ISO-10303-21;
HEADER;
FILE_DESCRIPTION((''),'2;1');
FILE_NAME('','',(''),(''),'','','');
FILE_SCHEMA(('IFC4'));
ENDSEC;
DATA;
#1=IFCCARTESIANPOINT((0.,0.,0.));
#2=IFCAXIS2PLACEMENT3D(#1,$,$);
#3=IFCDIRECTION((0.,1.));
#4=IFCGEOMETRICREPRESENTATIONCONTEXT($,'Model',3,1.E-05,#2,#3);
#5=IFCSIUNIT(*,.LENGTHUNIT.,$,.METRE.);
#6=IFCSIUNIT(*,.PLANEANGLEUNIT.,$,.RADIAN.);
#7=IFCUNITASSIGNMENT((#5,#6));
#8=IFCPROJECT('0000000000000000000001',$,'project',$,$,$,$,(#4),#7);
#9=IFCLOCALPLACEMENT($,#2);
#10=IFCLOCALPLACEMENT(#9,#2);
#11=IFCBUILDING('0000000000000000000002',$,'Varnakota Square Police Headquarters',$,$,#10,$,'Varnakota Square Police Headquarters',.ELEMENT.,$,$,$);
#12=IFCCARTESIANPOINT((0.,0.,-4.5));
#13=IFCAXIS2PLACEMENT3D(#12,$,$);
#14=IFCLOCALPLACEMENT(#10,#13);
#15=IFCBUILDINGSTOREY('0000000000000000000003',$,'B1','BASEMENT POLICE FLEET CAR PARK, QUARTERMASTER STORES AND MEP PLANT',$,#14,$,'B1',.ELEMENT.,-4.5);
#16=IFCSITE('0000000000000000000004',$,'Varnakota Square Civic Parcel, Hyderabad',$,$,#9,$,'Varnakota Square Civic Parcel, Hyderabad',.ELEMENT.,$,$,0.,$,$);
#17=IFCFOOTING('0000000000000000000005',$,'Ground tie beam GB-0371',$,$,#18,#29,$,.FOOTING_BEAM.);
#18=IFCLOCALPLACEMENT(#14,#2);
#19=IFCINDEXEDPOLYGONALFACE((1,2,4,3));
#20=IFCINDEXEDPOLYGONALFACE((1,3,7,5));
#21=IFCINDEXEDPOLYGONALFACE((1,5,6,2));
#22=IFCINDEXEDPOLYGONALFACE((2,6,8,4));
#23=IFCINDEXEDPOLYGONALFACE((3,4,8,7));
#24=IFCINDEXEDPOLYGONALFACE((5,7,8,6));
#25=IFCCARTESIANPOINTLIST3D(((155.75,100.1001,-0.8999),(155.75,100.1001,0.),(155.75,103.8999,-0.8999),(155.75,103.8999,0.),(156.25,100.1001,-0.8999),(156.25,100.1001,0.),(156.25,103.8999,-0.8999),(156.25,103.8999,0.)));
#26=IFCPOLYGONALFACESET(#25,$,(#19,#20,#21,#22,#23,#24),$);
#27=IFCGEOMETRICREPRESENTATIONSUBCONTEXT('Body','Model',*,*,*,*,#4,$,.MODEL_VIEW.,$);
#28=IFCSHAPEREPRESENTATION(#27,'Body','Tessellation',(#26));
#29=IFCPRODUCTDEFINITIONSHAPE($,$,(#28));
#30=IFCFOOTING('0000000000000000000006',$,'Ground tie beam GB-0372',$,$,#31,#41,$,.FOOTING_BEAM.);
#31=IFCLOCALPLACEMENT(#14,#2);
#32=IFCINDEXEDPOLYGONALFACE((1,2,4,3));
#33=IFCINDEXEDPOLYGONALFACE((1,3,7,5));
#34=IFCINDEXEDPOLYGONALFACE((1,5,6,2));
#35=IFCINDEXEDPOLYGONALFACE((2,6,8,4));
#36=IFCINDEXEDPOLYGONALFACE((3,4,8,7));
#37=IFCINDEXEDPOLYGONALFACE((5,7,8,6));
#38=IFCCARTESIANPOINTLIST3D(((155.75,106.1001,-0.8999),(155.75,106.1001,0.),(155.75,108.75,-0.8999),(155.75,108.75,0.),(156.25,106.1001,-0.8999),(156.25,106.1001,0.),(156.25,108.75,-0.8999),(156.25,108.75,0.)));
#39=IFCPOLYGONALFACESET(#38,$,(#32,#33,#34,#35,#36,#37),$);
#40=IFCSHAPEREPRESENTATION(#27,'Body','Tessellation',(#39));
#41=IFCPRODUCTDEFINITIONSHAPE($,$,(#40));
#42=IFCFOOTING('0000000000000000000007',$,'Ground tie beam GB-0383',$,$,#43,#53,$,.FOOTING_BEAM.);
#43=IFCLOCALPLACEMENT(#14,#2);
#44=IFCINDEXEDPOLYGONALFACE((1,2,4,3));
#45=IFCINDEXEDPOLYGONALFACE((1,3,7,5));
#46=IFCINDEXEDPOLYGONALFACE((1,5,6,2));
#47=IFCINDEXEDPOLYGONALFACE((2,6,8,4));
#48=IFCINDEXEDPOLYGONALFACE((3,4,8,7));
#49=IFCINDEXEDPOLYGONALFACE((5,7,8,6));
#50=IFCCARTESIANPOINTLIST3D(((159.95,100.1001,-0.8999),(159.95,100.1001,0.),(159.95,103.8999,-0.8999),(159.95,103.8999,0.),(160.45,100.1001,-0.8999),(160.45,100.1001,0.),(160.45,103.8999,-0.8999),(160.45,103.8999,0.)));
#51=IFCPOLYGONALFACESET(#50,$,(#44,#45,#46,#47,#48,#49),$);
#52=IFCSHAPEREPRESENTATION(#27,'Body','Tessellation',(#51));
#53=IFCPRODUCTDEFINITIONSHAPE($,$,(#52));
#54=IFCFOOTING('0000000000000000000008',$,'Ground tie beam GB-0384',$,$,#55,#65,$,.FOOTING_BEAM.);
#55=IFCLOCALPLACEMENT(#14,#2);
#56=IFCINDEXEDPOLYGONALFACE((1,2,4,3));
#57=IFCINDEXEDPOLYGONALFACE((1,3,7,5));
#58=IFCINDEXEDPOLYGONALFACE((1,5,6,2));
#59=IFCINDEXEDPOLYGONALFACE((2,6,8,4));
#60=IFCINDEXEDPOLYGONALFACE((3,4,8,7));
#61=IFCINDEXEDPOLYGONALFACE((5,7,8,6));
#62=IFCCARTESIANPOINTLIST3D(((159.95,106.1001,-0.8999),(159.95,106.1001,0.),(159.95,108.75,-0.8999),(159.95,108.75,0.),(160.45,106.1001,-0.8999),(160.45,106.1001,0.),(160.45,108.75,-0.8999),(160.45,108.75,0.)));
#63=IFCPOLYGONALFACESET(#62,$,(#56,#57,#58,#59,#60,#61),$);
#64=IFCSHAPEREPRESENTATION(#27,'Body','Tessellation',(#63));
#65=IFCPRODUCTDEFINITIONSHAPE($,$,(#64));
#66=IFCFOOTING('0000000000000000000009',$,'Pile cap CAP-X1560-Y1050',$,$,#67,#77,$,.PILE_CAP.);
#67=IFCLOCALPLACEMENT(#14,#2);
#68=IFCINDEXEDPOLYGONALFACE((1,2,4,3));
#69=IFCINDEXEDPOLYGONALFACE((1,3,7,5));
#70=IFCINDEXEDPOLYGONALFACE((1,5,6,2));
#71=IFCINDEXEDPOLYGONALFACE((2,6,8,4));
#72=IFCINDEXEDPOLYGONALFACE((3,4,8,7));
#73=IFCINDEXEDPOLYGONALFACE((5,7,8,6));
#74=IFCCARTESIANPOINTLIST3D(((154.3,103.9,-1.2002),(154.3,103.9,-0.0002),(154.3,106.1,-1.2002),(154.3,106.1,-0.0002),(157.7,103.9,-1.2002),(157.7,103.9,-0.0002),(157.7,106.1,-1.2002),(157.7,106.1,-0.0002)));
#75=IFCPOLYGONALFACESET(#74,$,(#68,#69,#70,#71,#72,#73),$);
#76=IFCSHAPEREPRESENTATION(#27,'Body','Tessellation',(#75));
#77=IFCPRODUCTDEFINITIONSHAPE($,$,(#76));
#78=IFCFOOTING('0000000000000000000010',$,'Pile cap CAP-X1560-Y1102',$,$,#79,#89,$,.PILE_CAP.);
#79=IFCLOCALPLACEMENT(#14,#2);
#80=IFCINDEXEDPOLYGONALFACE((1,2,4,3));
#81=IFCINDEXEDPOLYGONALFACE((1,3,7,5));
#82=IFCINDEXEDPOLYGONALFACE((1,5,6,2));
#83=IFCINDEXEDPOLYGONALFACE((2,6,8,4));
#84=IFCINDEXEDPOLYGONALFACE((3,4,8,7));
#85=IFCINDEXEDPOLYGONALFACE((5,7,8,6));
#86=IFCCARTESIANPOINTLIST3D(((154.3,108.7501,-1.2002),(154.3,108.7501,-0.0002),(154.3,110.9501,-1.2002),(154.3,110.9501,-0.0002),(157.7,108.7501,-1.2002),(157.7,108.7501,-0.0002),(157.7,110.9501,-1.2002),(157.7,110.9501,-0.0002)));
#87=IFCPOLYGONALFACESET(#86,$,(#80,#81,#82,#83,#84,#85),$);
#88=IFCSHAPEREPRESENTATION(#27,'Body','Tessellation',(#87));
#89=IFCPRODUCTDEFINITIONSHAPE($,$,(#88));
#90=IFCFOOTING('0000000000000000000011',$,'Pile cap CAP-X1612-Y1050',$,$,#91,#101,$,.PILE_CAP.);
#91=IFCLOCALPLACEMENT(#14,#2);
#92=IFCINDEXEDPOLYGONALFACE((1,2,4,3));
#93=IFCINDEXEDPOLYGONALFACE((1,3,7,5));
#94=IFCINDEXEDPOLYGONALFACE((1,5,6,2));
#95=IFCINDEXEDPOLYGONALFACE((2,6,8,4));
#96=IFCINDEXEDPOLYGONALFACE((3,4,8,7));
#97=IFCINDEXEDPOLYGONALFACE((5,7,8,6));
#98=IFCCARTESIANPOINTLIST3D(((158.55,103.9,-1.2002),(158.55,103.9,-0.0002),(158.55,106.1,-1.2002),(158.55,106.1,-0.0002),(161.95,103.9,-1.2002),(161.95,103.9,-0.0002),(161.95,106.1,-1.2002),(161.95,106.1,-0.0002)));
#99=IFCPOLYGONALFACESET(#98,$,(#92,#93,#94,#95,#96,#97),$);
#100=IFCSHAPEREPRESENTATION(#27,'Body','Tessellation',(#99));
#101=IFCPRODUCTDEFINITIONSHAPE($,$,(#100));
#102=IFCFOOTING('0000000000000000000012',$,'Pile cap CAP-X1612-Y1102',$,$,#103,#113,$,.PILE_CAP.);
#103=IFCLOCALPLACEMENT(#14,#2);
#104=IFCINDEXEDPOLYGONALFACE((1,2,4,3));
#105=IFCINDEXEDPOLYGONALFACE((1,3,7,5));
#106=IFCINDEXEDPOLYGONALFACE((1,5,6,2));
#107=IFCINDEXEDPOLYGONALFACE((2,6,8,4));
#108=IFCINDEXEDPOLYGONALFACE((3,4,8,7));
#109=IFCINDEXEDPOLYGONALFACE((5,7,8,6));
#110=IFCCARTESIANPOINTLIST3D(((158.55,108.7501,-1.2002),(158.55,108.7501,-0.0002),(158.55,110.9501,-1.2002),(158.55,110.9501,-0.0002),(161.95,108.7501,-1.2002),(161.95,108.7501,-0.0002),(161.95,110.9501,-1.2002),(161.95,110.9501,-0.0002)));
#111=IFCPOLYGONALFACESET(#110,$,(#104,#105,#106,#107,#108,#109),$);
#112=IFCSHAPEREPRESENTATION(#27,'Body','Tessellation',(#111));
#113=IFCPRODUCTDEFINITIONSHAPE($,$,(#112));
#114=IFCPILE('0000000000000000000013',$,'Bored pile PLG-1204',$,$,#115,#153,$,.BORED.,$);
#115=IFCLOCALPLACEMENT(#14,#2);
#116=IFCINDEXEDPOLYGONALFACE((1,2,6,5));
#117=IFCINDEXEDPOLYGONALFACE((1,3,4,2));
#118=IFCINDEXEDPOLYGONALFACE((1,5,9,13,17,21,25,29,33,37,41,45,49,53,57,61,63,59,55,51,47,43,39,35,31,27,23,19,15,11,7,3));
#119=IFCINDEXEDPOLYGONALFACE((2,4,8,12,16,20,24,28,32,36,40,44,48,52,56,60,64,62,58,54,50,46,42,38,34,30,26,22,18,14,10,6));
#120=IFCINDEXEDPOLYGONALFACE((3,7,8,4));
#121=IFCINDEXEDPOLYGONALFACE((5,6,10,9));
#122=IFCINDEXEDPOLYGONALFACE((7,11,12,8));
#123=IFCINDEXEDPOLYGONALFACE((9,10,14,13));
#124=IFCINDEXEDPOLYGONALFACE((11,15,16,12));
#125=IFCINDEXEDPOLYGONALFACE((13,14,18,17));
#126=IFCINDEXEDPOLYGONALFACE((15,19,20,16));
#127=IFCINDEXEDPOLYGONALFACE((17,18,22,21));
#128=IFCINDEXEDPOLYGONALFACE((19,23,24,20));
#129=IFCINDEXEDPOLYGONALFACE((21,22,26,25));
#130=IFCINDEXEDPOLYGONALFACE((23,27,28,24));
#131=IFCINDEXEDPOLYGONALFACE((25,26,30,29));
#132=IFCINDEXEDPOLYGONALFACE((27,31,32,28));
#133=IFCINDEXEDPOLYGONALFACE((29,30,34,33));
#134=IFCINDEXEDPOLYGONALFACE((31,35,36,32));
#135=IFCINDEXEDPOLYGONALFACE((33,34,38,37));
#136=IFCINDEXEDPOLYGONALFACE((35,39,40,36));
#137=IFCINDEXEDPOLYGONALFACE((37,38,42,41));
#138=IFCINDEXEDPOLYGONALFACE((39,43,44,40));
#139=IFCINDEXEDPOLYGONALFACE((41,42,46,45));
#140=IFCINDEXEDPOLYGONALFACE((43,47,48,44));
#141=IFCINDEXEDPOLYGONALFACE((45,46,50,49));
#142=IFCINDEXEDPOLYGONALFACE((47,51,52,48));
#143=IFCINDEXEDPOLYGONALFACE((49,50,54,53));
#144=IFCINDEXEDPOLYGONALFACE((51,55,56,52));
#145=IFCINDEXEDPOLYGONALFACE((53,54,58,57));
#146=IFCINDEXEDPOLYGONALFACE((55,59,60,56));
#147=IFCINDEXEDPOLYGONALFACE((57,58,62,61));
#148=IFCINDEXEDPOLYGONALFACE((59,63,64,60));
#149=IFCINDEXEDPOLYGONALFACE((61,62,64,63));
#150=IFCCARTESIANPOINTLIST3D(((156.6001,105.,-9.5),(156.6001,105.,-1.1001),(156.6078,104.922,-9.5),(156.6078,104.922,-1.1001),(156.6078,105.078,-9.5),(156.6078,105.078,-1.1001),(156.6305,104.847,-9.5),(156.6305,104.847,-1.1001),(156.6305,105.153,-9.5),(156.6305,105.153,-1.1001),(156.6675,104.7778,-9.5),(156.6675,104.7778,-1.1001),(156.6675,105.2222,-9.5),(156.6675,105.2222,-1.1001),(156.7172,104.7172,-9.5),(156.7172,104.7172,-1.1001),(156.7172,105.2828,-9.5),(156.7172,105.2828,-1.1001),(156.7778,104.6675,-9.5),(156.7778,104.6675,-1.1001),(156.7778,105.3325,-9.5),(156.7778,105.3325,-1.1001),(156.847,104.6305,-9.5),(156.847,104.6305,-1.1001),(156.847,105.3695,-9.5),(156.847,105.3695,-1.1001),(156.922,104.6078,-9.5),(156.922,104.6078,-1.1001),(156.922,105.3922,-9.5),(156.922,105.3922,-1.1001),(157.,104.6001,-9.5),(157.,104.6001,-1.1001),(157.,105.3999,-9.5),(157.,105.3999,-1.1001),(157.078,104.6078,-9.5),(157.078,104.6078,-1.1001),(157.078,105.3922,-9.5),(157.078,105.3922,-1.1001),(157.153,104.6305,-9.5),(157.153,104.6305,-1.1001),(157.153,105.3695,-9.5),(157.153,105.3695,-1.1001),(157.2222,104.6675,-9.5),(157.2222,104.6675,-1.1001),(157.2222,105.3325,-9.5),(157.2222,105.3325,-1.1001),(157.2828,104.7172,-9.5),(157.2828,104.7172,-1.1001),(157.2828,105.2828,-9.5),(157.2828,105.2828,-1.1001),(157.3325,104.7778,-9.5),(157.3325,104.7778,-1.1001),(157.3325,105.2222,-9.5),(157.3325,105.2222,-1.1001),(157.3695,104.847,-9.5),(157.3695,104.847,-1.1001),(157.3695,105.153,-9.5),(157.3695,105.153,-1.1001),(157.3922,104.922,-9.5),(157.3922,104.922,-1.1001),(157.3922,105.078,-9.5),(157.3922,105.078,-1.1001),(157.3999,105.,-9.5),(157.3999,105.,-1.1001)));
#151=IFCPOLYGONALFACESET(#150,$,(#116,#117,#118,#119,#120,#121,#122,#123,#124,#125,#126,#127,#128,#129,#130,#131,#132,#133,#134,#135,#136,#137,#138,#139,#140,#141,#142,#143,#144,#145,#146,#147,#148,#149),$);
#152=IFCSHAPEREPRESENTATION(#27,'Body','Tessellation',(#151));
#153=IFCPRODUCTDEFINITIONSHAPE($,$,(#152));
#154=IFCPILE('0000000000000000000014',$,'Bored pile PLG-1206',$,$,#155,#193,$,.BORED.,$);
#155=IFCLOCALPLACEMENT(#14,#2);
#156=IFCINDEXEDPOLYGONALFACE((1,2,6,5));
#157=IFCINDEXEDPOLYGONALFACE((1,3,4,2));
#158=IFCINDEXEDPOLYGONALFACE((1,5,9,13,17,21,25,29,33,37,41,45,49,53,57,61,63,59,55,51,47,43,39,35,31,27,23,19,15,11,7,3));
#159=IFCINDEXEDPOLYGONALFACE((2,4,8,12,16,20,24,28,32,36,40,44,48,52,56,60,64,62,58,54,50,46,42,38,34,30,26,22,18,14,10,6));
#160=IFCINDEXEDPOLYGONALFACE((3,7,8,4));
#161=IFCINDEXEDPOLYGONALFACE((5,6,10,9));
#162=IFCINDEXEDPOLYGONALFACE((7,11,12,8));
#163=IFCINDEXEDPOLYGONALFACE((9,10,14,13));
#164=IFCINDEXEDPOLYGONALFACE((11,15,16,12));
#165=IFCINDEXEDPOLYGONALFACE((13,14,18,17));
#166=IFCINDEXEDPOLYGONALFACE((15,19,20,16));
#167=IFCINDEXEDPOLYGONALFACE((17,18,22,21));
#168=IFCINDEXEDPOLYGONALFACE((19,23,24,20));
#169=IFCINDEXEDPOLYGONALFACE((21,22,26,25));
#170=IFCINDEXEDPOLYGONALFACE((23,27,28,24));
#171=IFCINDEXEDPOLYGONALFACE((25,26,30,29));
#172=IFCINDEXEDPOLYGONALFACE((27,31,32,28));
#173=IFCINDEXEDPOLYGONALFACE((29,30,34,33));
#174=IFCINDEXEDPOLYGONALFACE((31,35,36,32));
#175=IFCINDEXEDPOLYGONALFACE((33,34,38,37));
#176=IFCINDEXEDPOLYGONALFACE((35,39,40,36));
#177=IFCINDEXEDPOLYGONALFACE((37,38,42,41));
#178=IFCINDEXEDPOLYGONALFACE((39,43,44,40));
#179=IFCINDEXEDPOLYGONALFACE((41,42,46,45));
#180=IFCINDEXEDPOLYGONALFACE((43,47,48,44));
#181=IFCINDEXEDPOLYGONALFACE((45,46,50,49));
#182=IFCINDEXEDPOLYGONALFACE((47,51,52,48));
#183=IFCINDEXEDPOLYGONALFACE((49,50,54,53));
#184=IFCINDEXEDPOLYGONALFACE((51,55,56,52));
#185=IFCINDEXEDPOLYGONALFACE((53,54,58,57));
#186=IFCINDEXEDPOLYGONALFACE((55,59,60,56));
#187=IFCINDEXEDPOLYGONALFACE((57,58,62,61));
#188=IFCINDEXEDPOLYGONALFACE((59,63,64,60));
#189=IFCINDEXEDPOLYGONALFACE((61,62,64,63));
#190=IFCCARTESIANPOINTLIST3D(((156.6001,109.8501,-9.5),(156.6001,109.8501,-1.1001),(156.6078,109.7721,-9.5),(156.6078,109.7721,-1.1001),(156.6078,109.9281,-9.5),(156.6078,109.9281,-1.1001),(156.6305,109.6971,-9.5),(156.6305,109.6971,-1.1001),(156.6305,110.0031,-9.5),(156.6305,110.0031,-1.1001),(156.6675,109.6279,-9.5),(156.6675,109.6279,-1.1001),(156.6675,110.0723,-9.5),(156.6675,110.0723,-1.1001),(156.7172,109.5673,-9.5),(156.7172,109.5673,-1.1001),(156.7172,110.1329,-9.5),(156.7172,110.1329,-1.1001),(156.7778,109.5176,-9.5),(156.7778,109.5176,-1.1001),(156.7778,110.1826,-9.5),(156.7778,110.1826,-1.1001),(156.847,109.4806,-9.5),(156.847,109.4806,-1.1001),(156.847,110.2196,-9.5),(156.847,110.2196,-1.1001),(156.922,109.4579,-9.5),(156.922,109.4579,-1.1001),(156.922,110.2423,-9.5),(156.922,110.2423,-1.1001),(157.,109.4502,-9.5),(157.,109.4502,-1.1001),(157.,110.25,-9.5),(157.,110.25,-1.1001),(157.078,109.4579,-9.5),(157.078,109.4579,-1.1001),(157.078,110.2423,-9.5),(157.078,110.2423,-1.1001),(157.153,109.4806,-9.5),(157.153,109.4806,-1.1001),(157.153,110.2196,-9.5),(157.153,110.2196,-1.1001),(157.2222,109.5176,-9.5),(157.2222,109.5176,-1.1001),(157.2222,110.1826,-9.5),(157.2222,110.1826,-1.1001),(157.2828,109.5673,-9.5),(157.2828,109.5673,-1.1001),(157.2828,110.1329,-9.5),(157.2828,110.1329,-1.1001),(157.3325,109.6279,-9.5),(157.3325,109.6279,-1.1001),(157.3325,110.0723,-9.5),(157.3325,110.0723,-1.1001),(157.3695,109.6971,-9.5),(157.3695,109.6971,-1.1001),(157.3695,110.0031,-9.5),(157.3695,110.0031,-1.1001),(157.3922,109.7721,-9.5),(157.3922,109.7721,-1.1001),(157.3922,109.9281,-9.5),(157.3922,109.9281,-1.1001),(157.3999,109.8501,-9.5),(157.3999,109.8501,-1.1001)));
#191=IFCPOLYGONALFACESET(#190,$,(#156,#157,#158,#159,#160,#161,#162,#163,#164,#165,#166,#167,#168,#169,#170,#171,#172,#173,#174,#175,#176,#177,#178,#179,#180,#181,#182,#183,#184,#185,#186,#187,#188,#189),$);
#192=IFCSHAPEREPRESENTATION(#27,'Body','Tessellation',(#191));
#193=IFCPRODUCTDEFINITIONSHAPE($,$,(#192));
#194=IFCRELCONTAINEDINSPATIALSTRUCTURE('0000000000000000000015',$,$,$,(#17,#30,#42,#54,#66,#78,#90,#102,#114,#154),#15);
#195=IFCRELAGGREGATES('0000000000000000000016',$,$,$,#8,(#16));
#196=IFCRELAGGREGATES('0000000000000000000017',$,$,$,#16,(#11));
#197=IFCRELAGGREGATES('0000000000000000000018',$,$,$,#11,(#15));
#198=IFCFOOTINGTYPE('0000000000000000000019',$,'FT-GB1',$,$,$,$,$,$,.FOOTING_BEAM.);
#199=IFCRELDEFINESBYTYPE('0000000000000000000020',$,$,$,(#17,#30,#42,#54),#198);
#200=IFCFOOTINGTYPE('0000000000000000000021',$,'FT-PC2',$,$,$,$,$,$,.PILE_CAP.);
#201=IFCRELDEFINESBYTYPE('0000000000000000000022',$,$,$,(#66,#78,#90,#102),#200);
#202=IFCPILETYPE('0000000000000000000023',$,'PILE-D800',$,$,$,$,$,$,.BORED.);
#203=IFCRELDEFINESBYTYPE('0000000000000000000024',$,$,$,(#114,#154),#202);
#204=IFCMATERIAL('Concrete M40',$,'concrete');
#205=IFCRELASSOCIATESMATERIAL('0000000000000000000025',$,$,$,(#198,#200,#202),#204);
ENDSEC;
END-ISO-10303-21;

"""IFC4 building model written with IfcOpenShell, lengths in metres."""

from ifc_helpers import new_model, si_unit, direction, frame, origin, origin_2d, place, context, subcontext, project, spatial, rectangle, circle, extrude, material, material_profile, profile_set, type_object, element, save


model = new_model("IFC4")

# Units and contexts
model_context = context("Model", 3, precision=1e-05, world=origin(), true_north=direction((0.0, 1.0)))
body_context = subcontext(model_context, "Body", "Model", "MODEL_VIEW")
ifc_project = project(units=[si_unit("LENGTHUNIT", "METRE"), si_unit("PLANEANGLEUNIT", "RADIAN")], contexts=[model_context])

# Site, building, storey
site_placement = place(None, origin())
site = spatial("IfcSite", under=ifc_project, at=site_placement, Name="Varnakota Square Civic Parcel, Hyderabad", LongName="Varnakota Square Civic Parcel, Hyderabad", CompositionType="ELEMENT", RefElevation=0.0)
building_placement = place(site_placement, origin())
building = spatial("IfcBuilding", under=site, at=building_placement, Name="Varnakota Square Police Headquarters", LongName="Varnakota Square Police Headquarters", CompositionType="ELEMENT")
storey_placement = place(building_placement, frame((0.0, 0.0, -4.5)))
storey = spatial("IfcBuildingStorey", under=building, at=storey_placement, Name="B1", Description="BASEMENT POLICE FLEET CAR PARK, QUARTERMASTER STORES AND MEP PLANT", LongName="B1", CompositionType="ELEMENT", Elevation=-4.5)

# Footings
ifc_material_1 = material(Name="Concrete M40", Category="concrete")
ifc_material_profile_1 = material_profile(ifc_material_1, rectangle(XDim=0.5, YDim=0.8999, at=origin_2d()), Name="GB 500x900")
ifc_profile_set_1 = profile_set([ifc_material_profile_1], Name="Concrete M40")
footing_type_1 = type_object("IfcFootingType", Name="FT-GB1", PredefinedType="FOOTING_BEAM", material=ifc_profile_set_1)
footing_1_placement = place(storey_placement, frame((156.0, 100.1001, -0.45), z_axis=(0.0, 1.0, 0.0), x_axis=(-1.0, 0.0, 0.0)))
element("IfcFooting", 1, at=footing_1_placement, inside=storey, type_object=footing_type_1, Name="Ground tie beam GB-0371", PredefinedType="FOOTING_BEAM", context=body_context, shape_type="SweptSolid", body=[
    extrude(rectangle(XDim=0.5, YDim=0.8999, at=origin_2d()), origin(), (0.0, 0.0, 1.0), 3.7998),
])
footing_2_placement = place(storey_placement, frame((156.0, 106.1001, -0.45), z_axis=(0.0, 1.0, 0.0), x_axis=(-1.0, 0.0, 0.0)))
element("IfcFooting", 2, at=footing_2_placement, inside=storey, type_object=footing_type_1, Name="Ground tie beam GB-0372", PredefinedType="FOOTING_BEAM", context=body_context, shape_type="SweptSolid", body=[
    extrude(rectangle(XDim=0.5, YDim=0.8999, at=origin_2d()), origin(), (0.0, 0.0, 1.0), 2.6499),
])
footing_3_placement = place(storey_placement, frame((160.2, 100.1001, -0.45), z_axis=(0.0, 1.0, 0.0), x_axis=(-1.0, 0.0, 0.0)))
element("IfcFooting", 3, at=footing_3_placement, inside=storey, type_object=footing_type_1, Name="Ground tie beam GB-0383", PredefinedType="FOOTING_BEAM", context=body_context, shape_type="SweptSolid", body=[
    extrude(rectangle(XDim=0.5, YDim=0.8999, at=origin_2d()), origin(), (0.0, 0.0, 1.0), 3.7998),
])
footing_4_placement = place(storey_placement, frame((160.2, 106.1001, -0.45), z_axis=(0.0, 1.0, 0.0), x_axis=(-1.0, 0.0, 0.0)))
element("IfcFooting", 4, at=footing_4_placement, inside=storey, type_object=footing_type_1, Name="Ground tie beam GB-0384", PredefinedType="FOOTING_BEAM", context=body_context, shape_type="SweptSolid", body=[
    extrude(rectangle(XDim=0.5, YDim=0.8999, at=origin_2d()), origin(), (0.0, 0.0, 1.0), 2.6499),
])
footing_type_2 = type_object("IfcFootingType", Name="FT-PC2", PredefinedType="PILE_CAP", material=ifc_material_1)
for number, where, z_axis, x_axis, name in (
    (5, (156.0, 105.0, -1.2002), (0.0, 0.0, 1.0), (1.0, 0.0, 0.0), "Pile cap CAP-X1560-Y1050"),
    (6, (156.0, 109.8501, -1.2002), (0.0, 0.0, 1.0), (1.0, 0.0, 0.0), "Pile cap CAP-X1560-Y1102"),
    (7, (160.25, 105.0, -1.2002), (0.0, 0.0, 1.0), (1.0, 0.0, 0.0), "Pile cap CAP-X1612-Y1050"),
    (8, (160.25, 109.8501, -1.2002), (0.0, 0.0, 1.0), (1.0, 0.0, 0.0), "Pile cap CAP-X1612-Y1102"),
):
    element("IfcFooting", number, at=place(storey_placement, frame(where, z_axis=z_axis, x_axis=x_axis)), inside=storey, type_object=footing_type_2, Name=name, PredefinedType="PILE_CAP", context=body_context, shape_type="SweptSolid", body=[
        extrude(rectangle(XDim=3.3999, YDim=2.2, at=origin_2d()), origin(), (0.0, 0.0, 1.0), 1.2),
    ])

# Piles
ifc_material_profile_2 = material_profile(ifc_material_1, circle(Radius=0.3999, at=origin_2d()), Name="BORED PILE 800")
ifc_profile_set_2 = profile_set([ifc_material_profile_2], Name="Concrete M40")
pile_type = type_object("IfcPileType", Name="PILE-D800", PredefinedType="BORED", material=ifc_profile_set_2)
for number, where, z_axis, x_axis, name in (
    (9, (157.0, 105.0, -1.1001), (0.0, 0.0, -1.0), (1.0, 0.0, 0.0), "Bored pile PLG-1204"),
    (10, (157.0, 109.8501, -1.1001), (0.0, 0.0, -1.0), (1.0, 0.0, 0.0), "Bored pile PLG-1206"),
):
    element("IfcPile", number, at=place(storey_placement, frame(where, z_axis=z_axis, x_axis=x_axis)), inside=storey, type_object=pile_type, Name=name, PredefinedType="BORED", context=body_context, shape_type="SweptSolid", body=[
        extrude(circle(Radius=0.3999, at=origin_2d()), origin(), (0.0, 0.0, 1.0), 8.3999),
    ])

save(model, "model.ifc")
